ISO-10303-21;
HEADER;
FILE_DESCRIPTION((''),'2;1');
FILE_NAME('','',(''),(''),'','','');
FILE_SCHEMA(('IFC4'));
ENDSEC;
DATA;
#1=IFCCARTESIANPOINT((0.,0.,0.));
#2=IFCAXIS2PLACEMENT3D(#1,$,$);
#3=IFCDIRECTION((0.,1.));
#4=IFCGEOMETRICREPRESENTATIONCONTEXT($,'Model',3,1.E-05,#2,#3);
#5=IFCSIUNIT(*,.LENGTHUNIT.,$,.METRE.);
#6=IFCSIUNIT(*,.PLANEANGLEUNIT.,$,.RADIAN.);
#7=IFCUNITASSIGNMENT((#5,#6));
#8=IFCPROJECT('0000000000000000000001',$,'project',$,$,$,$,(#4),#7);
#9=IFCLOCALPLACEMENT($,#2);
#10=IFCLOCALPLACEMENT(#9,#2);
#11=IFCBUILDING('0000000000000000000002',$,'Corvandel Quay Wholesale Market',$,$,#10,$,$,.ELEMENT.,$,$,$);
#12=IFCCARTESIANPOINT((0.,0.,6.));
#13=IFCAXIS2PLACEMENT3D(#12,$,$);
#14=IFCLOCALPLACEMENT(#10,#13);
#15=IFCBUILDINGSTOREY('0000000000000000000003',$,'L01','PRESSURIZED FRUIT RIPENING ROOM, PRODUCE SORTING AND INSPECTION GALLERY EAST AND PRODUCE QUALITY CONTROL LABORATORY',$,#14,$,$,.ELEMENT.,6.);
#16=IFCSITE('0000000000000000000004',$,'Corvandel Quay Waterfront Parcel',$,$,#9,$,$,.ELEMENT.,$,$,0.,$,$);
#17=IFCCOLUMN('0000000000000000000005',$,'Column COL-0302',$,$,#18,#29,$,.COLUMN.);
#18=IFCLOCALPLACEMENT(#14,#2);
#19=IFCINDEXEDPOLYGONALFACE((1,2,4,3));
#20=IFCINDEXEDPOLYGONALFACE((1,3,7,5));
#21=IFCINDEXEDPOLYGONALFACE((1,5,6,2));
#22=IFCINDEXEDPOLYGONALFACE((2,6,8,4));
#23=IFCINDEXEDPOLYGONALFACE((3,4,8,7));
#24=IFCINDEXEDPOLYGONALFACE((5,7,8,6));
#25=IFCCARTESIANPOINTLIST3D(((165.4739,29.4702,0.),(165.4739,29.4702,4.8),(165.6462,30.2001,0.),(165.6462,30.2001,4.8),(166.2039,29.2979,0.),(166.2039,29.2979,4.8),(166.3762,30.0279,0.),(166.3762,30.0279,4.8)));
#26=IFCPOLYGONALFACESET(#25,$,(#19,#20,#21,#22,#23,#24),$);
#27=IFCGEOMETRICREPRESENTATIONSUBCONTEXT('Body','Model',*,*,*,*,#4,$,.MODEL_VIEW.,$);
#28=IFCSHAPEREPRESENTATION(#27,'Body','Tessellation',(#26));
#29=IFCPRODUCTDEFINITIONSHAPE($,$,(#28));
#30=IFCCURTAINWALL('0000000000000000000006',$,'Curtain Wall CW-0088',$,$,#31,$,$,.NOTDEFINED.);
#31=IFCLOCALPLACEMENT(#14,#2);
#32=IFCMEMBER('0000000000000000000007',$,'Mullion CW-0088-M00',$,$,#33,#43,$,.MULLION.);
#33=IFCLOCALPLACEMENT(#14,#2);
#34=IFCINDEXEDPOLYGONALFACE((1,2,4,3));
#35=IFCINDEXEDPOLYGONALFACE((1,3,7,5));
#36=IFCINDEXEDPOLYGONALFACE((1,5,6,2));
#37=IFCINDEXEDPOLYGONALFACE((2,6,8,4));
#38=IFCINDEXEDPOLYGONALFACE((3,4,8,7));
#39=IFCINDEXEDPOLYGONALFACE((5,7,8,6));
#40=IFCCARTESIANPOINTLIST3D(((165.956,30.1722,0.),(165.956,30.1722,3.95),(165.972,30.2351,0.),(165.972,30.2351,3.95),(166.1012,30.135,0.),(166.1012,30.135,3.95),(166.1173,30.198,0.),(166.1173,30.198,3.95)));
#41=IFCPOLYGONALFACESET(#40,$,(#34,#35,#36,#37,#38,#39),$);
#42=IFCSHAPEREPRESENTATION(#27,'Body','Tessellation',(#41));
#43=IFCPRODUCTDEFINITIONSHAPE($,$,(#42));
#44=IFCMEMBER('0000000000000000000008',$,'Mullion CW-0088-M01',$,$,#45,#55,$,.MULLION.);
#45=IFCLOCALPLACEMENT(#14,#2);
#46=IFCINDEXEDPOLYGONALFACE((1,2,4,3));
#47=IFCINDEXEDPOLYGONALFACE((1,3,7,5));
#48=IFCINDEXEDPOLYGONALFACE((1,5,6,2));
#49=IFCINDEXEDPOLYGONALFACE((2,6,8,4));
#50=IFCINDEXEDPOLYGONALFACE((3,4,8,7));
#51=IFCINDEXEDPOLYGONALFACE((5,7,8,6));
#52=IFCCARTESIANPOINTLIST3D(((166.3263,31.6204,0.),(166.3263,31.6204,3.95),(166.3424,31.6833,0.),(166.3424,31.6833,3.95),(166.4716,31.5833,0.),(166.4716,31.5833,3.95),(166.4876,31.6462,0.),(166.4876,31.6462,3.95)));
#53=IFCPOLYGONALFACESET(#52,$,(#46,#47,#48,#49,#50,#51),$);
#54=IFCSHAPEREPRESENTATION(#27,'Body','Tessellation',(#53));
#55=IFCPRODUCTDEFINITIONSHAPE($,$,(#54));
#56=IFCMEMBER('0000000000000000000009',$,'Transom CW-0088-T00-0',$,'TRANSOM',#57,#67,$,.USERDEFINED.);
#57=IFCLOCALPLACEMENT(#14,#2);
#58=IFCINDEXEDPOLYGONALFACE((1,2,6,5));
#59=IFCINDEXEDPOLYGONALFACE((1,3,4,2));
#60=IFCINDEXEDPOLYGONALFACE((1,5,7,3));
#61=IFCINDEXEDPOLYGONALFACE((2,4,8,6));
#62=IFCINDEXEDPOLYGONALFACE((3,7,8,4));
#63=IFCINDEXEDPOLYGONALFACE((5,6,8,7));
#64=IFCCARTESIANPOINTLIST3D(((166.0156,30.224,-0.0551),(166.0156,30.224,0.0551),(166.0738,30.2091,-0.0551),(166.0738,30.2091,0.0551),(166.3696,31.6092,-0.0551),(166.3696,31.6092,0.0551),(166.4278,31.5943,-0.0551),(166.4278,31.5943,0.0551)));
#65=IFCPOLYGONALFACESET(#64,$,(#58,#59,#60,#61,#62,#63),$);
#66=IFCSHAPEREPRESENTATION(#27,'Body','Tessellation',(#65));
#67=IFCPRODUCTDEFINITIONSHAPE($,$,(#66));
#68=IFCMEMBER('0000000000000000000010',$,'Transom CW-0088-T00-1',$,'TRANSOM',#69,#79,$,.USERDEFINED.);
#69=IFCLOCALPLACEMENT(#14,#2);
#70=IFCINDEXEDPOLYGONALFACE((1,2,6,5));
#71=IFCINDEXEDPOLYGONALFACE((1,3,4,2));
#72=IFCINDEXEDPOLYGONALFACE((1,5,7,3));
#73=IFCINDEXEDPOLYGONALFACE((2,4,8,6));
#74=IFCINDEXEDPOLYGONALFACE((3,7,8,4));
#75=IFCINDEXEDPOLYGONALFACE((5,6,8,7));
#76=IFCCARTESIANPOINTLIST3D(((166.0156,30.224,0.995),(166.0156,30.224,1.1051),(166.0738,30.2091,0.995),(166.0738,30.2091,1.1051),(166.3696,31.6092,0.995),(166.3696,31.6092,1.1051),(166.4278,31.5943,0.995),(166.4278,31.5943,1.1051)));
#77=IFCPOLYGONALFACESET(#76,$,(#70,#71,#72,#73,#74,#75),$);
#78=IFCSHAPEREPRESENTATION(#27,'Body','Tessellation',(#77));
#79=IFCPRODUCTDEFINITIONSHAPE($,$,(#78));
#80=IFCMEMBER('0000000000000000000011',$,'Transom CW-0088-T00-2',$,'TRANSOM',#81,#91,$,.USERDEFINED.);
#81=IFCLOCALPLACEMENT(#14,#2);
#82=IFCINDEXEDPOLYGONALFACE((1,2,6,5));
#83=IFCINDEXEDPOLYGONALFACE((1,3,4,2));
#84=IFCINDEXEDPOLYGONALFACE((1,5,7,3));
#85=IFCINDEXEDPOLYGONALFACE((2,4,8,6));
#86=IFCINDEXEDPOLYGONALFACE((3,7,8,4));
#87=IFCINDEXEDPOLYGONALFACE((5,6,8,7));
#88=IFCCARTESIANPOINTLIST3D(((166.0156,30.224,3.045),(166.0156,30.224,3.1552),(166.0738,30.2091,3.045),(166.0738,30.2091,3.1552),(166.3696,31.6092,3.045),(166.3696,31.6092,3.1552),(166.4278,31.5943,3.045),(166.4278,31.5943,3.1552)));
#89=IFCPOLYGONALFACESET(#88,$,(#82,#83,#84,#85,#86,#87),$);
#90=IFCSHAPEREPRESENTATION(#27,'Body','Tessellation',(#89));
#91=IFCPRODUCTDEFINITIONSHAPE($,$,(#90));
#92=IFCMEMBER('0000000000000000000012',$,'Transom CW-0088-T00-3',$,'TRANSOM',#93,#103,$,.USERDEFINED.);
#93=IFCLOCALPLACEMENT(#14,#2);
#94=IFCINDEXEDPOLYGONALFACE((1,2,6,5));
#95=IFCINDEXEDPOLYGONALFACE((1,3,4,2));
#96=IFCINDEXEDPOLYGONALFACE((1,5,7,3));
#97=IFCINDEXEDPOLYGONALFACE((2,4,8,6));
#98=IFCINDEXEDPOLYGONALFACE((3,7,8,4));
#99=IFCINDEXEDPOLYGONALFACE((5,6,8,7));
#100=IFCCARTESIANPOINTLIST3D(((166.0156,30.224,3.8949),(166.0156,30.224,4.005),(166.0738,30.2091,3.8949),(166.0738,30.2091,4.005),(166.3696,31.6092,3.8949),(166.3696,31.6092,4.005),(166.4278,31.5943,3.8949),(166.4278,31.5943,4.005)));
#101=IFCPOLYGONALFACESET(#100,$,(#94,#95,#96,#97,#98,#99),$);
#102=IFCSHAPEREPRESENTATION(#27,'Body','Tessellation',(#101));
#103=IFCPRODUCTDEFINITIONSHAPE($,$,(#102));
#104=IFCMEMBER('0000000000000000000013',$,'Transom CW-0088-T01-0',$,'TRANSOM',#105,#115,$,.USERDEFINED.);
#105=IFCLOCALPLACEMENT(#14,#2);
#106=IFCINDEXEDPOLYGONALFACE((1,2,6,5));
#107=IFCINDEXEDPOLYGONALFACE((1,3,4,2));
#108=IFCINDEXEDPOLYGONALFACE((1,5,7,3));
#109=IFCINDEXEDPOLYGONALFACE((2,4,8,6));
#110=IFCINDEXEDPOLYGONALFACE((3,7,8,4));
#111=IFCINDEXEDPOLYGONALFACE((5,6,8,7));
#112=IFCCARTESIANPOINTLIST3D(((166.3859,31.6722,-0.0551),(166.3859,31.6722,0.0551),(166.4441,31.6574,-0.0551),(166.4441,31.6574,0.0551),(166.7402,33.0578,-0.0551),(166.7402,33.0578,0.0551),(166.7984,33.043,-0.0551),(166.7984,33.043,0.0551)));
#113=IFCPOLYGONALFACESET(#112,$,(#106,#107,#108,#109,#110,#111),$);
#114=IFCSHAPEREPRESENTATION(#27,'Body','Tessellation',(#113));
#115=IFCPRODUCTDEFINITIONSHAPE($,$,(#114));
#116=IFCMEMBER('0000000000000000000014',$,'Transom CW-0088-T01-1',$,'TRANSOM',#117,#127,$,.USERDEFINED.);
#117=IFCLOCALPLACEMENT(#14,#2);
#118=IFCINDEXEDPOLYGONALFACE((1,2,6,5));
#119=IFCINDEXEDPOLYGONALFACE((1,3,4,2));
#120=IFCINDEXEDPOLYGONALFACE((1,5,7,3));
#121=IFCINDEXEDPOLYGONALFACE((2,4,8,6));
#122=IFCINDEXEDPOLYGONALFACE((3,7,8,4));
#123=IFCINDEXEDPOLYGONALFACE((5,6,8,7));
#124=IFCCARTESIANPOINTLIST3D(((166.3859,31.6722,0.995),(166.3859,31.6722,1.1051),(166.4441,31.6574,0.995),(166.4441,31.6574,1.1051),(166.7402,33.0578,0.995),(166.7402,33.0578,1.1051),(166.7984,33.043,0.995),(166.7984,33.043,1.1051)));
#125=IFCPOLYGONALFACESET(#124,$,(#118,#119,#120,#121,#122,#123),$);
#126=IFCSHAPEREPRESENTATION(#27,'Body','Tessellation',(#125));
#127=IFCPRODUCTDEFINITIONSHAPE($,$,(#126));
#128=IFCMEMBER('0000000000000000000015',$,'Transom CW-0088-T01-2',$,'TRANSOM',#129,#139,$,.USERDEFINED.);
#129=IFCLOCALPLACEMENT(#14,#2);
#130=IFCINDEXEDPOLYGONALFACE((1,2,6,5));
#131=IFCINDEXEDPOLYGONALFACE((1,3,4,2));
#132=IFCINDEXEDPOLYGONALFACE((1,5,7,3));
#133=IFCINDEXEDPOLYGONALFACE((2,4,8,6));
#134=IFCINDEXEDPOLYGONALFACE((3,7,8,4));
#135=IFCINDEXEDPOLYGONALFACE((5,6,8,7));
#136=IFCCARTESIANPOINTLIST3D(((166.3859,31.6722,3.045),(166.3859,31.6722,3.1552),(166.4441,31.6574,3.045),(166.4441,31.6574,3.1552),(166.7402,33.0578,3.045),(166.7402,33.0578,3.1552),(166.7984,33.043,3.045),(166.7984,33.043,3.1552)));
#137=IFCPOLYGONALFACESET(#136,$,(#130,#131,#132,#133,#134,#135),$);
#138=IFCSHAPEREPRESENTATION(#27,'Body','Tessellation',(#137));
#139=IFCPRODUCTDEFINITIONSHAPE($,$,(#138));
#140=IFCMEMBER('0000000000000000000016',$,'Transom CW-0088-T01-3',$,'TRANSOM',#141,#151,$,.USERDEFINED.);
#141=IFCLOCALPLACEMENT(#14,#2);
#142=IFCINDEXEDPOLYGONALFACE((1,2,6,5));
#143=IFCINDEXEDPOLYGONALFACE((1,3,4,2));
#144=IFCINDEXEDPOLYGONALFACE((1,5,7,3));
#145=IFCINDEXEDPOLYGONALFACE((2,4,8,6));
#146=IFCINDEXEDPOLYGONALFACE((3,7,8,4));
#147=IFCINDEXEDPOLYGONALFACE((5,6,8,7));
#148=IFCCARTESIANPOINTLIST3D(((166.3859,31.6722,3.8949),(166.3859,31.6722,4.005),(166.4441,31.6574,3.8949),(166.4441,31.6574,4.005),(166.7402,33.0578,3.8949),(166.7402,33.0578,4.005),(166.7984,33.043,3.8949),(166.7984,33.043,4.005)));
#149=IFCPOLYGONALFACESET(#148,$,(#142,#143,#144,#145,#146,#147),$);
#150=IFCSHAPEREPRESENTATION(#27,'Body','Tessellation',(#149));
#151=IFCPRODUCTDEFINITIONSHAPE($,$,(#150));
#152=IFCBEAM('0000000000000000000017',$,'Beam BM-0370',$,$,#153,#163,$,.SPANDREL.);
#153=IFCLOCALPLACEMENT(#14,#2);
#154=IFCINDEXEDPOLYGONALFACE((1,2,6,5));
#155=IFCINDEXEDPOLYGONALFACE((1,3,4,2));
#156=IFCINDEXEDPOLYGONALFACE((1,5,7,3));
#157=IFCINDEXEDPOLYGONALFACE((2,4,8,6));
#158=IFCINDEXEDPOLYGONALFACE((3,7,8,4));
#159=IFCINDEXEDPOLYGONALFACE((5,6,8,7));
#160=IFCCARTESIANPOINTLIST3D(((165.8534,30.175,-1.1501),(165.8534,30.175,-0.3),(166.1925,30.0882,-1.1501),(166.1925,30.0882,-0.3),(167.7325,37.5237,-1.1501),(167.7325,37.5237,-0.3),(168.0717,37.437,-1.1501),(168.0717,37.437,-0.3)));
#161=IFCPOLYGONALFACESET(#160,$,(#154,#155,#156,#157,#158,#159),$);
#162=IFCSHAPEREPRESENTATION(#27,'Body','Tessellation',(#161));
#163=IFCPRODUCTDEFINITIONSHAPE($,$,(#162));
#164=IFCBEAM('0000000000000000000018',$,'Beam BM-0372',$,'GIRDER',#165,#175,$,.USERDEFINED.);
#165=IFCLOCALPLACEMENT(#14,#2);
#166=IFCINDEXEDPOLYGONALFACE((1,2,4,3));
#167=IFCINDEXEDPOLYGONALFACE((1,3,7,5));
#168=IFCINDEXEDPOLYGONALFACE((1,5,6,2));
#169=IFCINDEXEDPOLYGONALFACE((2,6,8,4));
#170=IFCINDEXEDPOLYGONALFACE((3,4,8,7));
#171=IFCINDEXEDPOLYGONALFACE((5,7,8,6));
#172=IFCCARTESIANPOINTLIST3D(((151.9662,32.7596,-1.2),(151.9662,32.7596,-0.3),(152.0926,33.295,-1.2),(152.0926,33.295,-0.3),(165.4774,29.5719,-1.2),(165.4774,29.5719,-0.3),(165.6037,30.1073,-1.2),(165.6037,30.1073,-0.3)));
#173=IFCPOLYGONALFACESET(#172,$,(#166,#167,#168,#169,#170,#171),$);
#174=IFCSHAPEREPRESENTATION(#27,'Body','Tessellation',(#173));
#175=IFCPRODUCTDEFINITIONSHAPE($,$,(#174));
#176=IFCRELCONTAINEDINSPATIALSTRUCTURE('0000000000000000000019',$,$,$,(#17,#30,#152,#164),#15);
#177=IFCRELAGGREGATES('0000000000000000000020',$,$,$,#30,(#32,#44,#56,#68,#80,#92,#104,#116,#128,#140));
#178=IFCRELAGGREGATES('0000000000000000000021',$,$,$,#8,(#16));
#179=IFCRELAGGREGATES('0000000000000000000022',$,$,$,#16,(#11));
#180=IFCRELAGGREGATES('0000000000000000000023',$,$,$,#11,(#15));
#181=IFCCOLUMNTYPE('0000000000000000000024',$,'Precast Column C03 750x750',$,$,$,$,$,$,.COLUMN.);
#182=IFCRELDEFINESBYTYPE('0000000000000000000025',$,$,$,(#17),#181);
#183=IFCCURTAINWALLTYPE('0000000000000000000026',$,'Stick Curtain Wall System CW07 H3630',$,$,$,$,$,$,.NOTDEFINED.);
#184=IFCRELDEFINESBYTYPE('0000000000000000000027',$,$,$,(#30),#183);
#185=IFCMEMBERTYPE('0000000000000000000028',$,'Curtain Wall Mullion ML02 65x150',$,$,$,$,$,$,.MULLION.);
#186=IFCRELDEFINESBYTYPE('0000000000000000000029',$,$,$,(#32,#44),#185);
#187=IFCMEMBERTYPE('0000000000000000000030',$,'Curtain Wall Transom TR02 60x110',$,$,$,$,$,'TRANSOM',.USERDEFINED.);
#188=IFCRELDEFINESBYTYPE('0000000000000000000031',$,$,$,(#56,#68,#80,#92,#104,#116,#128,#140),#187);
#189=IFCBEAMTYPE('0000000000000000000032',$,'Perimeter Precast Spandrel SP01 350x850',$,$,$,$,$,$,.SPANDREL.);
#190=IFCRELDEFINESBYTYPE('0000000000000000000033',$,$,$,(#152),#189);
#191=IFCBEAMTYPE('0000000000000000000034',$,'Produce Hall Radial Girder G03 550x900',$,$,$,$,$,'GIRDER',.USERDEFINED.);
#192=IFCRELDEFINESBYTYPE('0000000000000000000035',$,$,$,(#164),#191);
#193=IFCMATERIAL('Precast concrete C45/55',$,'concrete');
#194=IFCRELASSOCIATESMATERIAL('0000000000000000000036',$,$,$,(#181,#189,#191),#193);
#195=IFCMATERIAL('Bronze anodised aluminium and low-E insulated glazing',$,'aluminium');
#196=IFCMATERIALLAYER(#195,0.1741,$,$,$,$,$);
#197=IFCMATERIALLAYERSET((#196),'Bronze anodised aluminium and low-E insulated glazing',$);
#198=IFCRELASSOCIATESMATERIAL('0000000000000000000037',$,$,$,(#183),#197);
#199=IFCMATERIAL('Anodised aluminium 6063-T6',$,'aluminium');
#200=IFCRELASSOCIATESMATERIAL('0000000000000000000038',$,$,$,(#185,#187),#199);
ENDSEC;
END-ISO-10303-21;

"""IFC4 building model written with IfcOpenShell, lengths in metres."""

from ifc_helpers import new_model, si_unit, direction, frame, origin, origin_2d, place, context, subcontext, project, spatial, rectangle, extrude, material, layer, layer_set, material_profile, profile_set, type_object, element, aggregate, save


model = new_model("IFC4")

# Units and contexts
model_context = context("Model", 3, precision=1e-05, world=origin(), true_north=direction((0.0, 1.0)))
body_context = subcontext(model_context, "Body", "Model", "MODEL_VIEW")
ifc_project = project(units=[si_unit("LENGTHUNIT", "METRE"), si_unit("PLANEANGLEUNIT", "RADIAN")], contexts=[model_context])

# Site, building, storey
site_placement = place(None, origin())
site = spatial("IfcSite", under=ifc_project, at=site_placement, Name="Corvandel Quay Waterfront Parcel", CompositionType="ELEMENT", RefElevation=0.0)
building_placement = place(site_placement, origin())
building = spatial("IfcBuilding", under=site, at=building_placement, Name="Corvandel Quay Wholesale Market", CompositionType="ELEMENT")
storey_placement = place(building_placement, frame((0.0, 0.0, 6.0)))
storey = spatial("IfcBuildingStorey", under=building, at=storey_placement, Name="L01", Description="PRESSURIZED FRUIT RIPENING ROOM, PRODUCE SORTING AND INSPECTION GALLERY EAST AND PRODUCE QUALITY CONTROL LABORATORY", CompositionType="ELEMENT", Elevation=6.0)

# Column
ifc_material_1 = material(Name="Precast concrete C45/55", Category="concrete")
ifc_material_profile_1 = material_profile(ifc_material_1, rectangle(XDim=0.75, YDim=0.75, at=origin_2d()), Name="PC-COL-750x750")
ifc_profile_set_1 = profile_set([ifc_material_profile_1], Name="Precast concrete C45/55")
column_type = type_object("IfcColumnType", Name="Precast Column C03 750x750", PredefinedType="COLUMN", material=ifc_profile_set_1)
column_placement = place(storey_placement, frame((165.925, 29.749, 0.0), z_axis=(0.0, 0.0, 1.0), x_axis=(0.22971, 0.973259, 0.0)))
element("IfcColumn", 1, at=column_placement, inside=storey, type_object=column_type, Name="Column COL-0302", PredefinedType="COLUMN", context=body_context, shape_type="SweptSolid", body=[
    extrude(rectangle(XDim=0.75, YDim=0.75, at=origin_2d()), origin(), (0.0, 0.0, 1.0), 4.8),
])

# Curtain wall, members
ifc_material_2 = material(Name="Bronze anodised aluminium and low-E insulated glazing", Category="aluminium")
ifc_layer_1 = layer(ifc_material_2, 0.1741)
ifc_layer_set_1 = layer_set([ifc_layer_1], Name="Bronze anodised aluminium and low-E insulated glazing")
curtain_wall_type = type_object("IfcCurtainWallType", Name="Stick Curtain Wall System CW07 H3630", PredefinedType="NOTDEFINED", material=ifc_layer_set_1)
curtain_wall_placement = place(storey_placement, origin())
curtain_wall = element("IfcCurtainWall", 2, at=curtain_wall_placement, inside=storey, type_object=curtain_wall_type, Name="Curtain Wall CW-0088", PredefinedType="NOTDEFINED")
ifc_material_3 = material(Name="Anodised aluminium 6063-T6", Category="aluminium")
ifc_material_profile_2 = material_profile(ifc_material_3, rectangle(XDim=0.0649, YDim=0.1499, at=origin_2d()), Name="ALU-MUL-65x150")
ifc_profile_set_2 = profile_set([ifc_material_profile_2], Name="Anodised aluminium 6063-T6")
member_type_1 = type_object("IfcMemberType", Name="Curtain Wall Mullion ML02 65x150", PredefinedType="MULLION", material=ifc_profile_set_2)
member_1_placement = place(storey_placement, frame((166.0366, 30.1851, 0.0), z_axis=(0.0, 0.0, 1.0), x_axis=(0.247675, 0.968843, 0.0)))
member_1 = element("IfcMember", 3, at=member_1_placement, type_object=member_type_1, Name="Mullion CW-0088-M00", PredefinedType="MULLION", context=body_context, shape_type="SweptSolid", body=[
    extrude(rectangle(XDim=0.0649, YDim=0.1499, at=origin_2d()), origin(), (0.0, 0.0, 1.0), 3.95),
])
member_2_placement = place(storey_placement, frame((166.407, 31.6333, 0.0), z_axis=(0.0, 0.0, 1.0), x_axis=(0.247675, 0.968843, 0.0)))
member_2 = element("IfcMember", 4, at=member_2_placement, type_object=member_type_1, Name="Mullion CW-0088-M01", PredefinedType="MULLION", context=body_context, shape_type="SweptSolid", body=[
    extrude(rectangle(XDim=0.0649, YDim=0.1499, at=origin_2d()), origin(), (0.0, 0.0, 1.0), 3.95),
])
ifc_material_profile_3 = material_profile(ifc_material_3, rectangle(XDim=0.0601, YDim=0.1101, at=origin_2d()), Name="ALU-TRN-60x110")
ifc_profile_set_3 = profile_set([ifc_material_profile_3], Name="Anodised aluminium 6063-T6")
member_type_2 = type_object("IfcMemberType", Name="Curtain Wall Transom TR02 60x110", ElementType="TRANSOM", PredefinedType="USERDEFINED", material=ifc_profile_set_3)
member_3_placement = place(storey_placement, frame((166.0447, 30.2166, 0.0), z_axis=(0.247595, 0.968864, 0.0), x_axis=(-0.968864, 0.247595, 0.0)))
member_3 = element("IfcMember", 5, at=member_3_placement, type_object=member_type_2, Name="Transom CW-0088-T00-0", ObjectType="TRANSOM", PredefinedType="USERDEFINED", context=body_context, shape_type="SweptSolid", body=[
    extrude(rectangle(XDim=0.0601, YDim=0.1101, at=origin_2d()), origin(), (0.0, 0.0, 1.0), 1.4297),
])
member_4_placement = place(storey_placement, frame((166.0447, 30.2166, 1.05), z_axis=(0.247595, 0.968864, 0.0), x_axis=(-0.968864, 0.247595, 0.0)))
member_4 = element("IfcMember", 6, at=member_4_placement, type_object=member_type_2, Name="Transom CW-0088-T00-1", ObjectType="TRANSOM", PredefinedType="USERDEFINED", context=body_context, shape_type="SweptSolid", body=[
    extrude(rectangle(XDim=0.0601, YDim=0.1101, at=origin_2d()), origin(), (0.0, 0.0, 1.0), 1.4297),
])
member_5_placement = place(storey_placement, frame((166.0447, 30.2166, 3.1001), z_axis=(0.247595, 0.968864, 0.0), x_axis=(-0.968864, 0.247595, 0.0)))
member_5 = element("IfcMember", 7, at=member_5_placement, type_object=member_type_2, Name="Transom CW-0088-T00-2", ObjectType="TRANSOM", PredefinedType="USERDEFINED", context=body_context, shape_type="SweptSolid", body=[
    extrude(rectangle(XDim=0.0601, YDim=0.1101, at=origin_2d()), origin(), (0.0, 0.0, 1.0), 1.4297),
])
member_6_placement = place(storey_placement, frame((166.0447, 30.2166, 3.95), z_axis=(0.247595, 0.968864, 0.0), x_axis=(-0.968864, 0.247595, 0.0)))
member_6 = element("IfcMember", 8, at=member_6_placement, type_object=member_type_2, Name="Transom CW-0088-T00-3", ObjectType="TRANSOM", PredefinedType="USERDEFINED", context=body_context, shape_type="SweptSolid", body=[
    extrude(rectangle(XDim=0.0601, YDim=0.1101, at=origin_2d()), origin(), (0.0, 0.0, 1.0), 1.4297),
])
member_7_placement = place(storey_placement, frame((166.415, 31.6648, 0.0), z_axis=(0.247714, 0.968833, 0.0), x_axis=(-0.968833, 0.247714, 0.0)))
member_7 = element("IfcMember", 9, at=member_7_placement, type_object=member_type_2, Name="Transom CW-0088-T01-0", ObjectType="TRANSOM", PredefinedType="USERDEFINED", context=body_context, shape_type="SweptSolid", body=[
    extrude(rectangle(XDim=0.0601, YDim=0.1101, at=origin_2d()), origin(), (0.0, 0.0, 1.0), 1.4302),
])
member_8_placement = place(storey_placement, frame((166.415, 31.6648, 1.05), z_axis=(0.247714, 0.968833, 0.0), x_axis=(-0.968833, 0.247714, 0.0)))
member_8 = element("IfcMember", 10, at=member_8_placement, type_object=member_type_2, Name="Transom CW-0088-T01-1", ObjectType="TRANSOM", PredefinedType="USERDEFINED", context=body_context, shape_type="SweptSolid", body=[
    extrude(rectangle(XDim=0.0601, YDim=0.1101, at=origin_2d()), origin(), (0.0, 0.0, 1.0), 1.4302),
])
member_9_placement = place(storey_placement, frame((166.415, 31.6648, 3.1001), z_axis=(0.247714, 0.968833, 0.0), x_axis=(-0.968833, 0.247714, 0.0)))
member_9 = element("IfcMember", 11, at=member_9_placement, type_object=member_type_2, Name="Transom CW-0088-T01-2", ObjectType="TRANSOM", PredefinedType="USERDEFINED", context=body_context, shape_type="SweptSolid", body=[
    extrude(rectangle(XDim=0.0601, YDim=0.1101, at=origin_2d()), origin(), (0.0, 0.0, 1.0), 1.4302),
])
member_10_placement = place(storey_placement, frame((166.415, 31.6648, 3.95), z_axis=(0.247714, 0.968833, 0.0), x_axis=(-0.968833, 0.247714, 0.0)))
member_10 = element("IfcMember", 12, at=member_10_placement, type_object=member_type_2, Name="Transom CW-0088-T01-3", ObjectType="TRANSOM", PredefinedType="USERDEFINED", context=body_context, shape_type="SweptSolid", body=[
    extrude(rectangle(XDim=0.0601, YDim=0.1101, at=origin_2d()), origin(), (0.0, 0.0, 1.0), 1.4302),
])

# Beams
ifc_material_profile_4 = material_profile(ifc_material_1, rectangle(XDim=0.3501, YDim=0.8501, at=origin_2d()), Name="PC-SPN-350x850")
ifc_profile_set_4 = profile_set([ifc_material_profile_4], Name="Precast concrete C45/55")
beam_type_1 = type_object("IfcBeamType", Name="Perimeter Precast Spandrel SP01 350x850", PredefinedType="SPANDREL", material=ifc_profile_set_4)
beam_1_placement = place(storey_placement, frame((166.0229, 30.1316, -0.7251), z_axis=(0.247743, 0.968826, 0.0), x_axis=(-0.968826, 0.247743, 0.0)))
element("IfcBeam", 13, at=beam_1_placement, inside=storey, type_object=beam_type_1, Name="Beam BM-0370", PredefinedType="SPANDREL", context=body_context, shape_type="SweptSolid", body=[
    extrude(rectangle(XDim=0.3501, YDim=0.8501, at=origin_2d()), origin(), (0.0, 0.0, 1.0), 7.5852),
])
ifc_material_profile_5 = material_profile(ifc_material_1, rectangle(XDim=0.55, YDim=0.8999, at=origin_2d()), Name="PC-GIR-550x900")
ifc_profile_set_5 = profile_set([ifc_material_profile_5], Name="Precast concrete C45/55")
beam_type_2 = type_object("IfcBeamType", Name="Produce Hall Radial Girder G03 550x900", ElementType="GIRDER", PredefinedType="USERDEFINED", material=ifc_profile_set_5)
beam_2_placement = place(storey_placement, frame((165.5405, 29.8396, -0.75), z_axis=(-0.973278, 0.229628, 0.0), x_axis=(-0.229628, -0.973278, 0.0)))
element("IfcBeam", 14, at=beam_2_placement, inside=storey, type_object=beam_type_2, Name="Beam BM-0372", ObjectType="GIRDER", PredefinedType="USERDEFINED", context=body_context, shape_type="SweptSolid", body=[
    extrude(rectangle(XDim=0.55, YDim=0.8999, at=origin_2d()), origin(), (0.0, 0.0, 1.0), 13.8821),
])

aggregate(curtain_wall, [member_1, member_2, member_3, member_4, member_5, member_6, member_7, member_8, member_9, member_10])

save(model, "model.ifc")
